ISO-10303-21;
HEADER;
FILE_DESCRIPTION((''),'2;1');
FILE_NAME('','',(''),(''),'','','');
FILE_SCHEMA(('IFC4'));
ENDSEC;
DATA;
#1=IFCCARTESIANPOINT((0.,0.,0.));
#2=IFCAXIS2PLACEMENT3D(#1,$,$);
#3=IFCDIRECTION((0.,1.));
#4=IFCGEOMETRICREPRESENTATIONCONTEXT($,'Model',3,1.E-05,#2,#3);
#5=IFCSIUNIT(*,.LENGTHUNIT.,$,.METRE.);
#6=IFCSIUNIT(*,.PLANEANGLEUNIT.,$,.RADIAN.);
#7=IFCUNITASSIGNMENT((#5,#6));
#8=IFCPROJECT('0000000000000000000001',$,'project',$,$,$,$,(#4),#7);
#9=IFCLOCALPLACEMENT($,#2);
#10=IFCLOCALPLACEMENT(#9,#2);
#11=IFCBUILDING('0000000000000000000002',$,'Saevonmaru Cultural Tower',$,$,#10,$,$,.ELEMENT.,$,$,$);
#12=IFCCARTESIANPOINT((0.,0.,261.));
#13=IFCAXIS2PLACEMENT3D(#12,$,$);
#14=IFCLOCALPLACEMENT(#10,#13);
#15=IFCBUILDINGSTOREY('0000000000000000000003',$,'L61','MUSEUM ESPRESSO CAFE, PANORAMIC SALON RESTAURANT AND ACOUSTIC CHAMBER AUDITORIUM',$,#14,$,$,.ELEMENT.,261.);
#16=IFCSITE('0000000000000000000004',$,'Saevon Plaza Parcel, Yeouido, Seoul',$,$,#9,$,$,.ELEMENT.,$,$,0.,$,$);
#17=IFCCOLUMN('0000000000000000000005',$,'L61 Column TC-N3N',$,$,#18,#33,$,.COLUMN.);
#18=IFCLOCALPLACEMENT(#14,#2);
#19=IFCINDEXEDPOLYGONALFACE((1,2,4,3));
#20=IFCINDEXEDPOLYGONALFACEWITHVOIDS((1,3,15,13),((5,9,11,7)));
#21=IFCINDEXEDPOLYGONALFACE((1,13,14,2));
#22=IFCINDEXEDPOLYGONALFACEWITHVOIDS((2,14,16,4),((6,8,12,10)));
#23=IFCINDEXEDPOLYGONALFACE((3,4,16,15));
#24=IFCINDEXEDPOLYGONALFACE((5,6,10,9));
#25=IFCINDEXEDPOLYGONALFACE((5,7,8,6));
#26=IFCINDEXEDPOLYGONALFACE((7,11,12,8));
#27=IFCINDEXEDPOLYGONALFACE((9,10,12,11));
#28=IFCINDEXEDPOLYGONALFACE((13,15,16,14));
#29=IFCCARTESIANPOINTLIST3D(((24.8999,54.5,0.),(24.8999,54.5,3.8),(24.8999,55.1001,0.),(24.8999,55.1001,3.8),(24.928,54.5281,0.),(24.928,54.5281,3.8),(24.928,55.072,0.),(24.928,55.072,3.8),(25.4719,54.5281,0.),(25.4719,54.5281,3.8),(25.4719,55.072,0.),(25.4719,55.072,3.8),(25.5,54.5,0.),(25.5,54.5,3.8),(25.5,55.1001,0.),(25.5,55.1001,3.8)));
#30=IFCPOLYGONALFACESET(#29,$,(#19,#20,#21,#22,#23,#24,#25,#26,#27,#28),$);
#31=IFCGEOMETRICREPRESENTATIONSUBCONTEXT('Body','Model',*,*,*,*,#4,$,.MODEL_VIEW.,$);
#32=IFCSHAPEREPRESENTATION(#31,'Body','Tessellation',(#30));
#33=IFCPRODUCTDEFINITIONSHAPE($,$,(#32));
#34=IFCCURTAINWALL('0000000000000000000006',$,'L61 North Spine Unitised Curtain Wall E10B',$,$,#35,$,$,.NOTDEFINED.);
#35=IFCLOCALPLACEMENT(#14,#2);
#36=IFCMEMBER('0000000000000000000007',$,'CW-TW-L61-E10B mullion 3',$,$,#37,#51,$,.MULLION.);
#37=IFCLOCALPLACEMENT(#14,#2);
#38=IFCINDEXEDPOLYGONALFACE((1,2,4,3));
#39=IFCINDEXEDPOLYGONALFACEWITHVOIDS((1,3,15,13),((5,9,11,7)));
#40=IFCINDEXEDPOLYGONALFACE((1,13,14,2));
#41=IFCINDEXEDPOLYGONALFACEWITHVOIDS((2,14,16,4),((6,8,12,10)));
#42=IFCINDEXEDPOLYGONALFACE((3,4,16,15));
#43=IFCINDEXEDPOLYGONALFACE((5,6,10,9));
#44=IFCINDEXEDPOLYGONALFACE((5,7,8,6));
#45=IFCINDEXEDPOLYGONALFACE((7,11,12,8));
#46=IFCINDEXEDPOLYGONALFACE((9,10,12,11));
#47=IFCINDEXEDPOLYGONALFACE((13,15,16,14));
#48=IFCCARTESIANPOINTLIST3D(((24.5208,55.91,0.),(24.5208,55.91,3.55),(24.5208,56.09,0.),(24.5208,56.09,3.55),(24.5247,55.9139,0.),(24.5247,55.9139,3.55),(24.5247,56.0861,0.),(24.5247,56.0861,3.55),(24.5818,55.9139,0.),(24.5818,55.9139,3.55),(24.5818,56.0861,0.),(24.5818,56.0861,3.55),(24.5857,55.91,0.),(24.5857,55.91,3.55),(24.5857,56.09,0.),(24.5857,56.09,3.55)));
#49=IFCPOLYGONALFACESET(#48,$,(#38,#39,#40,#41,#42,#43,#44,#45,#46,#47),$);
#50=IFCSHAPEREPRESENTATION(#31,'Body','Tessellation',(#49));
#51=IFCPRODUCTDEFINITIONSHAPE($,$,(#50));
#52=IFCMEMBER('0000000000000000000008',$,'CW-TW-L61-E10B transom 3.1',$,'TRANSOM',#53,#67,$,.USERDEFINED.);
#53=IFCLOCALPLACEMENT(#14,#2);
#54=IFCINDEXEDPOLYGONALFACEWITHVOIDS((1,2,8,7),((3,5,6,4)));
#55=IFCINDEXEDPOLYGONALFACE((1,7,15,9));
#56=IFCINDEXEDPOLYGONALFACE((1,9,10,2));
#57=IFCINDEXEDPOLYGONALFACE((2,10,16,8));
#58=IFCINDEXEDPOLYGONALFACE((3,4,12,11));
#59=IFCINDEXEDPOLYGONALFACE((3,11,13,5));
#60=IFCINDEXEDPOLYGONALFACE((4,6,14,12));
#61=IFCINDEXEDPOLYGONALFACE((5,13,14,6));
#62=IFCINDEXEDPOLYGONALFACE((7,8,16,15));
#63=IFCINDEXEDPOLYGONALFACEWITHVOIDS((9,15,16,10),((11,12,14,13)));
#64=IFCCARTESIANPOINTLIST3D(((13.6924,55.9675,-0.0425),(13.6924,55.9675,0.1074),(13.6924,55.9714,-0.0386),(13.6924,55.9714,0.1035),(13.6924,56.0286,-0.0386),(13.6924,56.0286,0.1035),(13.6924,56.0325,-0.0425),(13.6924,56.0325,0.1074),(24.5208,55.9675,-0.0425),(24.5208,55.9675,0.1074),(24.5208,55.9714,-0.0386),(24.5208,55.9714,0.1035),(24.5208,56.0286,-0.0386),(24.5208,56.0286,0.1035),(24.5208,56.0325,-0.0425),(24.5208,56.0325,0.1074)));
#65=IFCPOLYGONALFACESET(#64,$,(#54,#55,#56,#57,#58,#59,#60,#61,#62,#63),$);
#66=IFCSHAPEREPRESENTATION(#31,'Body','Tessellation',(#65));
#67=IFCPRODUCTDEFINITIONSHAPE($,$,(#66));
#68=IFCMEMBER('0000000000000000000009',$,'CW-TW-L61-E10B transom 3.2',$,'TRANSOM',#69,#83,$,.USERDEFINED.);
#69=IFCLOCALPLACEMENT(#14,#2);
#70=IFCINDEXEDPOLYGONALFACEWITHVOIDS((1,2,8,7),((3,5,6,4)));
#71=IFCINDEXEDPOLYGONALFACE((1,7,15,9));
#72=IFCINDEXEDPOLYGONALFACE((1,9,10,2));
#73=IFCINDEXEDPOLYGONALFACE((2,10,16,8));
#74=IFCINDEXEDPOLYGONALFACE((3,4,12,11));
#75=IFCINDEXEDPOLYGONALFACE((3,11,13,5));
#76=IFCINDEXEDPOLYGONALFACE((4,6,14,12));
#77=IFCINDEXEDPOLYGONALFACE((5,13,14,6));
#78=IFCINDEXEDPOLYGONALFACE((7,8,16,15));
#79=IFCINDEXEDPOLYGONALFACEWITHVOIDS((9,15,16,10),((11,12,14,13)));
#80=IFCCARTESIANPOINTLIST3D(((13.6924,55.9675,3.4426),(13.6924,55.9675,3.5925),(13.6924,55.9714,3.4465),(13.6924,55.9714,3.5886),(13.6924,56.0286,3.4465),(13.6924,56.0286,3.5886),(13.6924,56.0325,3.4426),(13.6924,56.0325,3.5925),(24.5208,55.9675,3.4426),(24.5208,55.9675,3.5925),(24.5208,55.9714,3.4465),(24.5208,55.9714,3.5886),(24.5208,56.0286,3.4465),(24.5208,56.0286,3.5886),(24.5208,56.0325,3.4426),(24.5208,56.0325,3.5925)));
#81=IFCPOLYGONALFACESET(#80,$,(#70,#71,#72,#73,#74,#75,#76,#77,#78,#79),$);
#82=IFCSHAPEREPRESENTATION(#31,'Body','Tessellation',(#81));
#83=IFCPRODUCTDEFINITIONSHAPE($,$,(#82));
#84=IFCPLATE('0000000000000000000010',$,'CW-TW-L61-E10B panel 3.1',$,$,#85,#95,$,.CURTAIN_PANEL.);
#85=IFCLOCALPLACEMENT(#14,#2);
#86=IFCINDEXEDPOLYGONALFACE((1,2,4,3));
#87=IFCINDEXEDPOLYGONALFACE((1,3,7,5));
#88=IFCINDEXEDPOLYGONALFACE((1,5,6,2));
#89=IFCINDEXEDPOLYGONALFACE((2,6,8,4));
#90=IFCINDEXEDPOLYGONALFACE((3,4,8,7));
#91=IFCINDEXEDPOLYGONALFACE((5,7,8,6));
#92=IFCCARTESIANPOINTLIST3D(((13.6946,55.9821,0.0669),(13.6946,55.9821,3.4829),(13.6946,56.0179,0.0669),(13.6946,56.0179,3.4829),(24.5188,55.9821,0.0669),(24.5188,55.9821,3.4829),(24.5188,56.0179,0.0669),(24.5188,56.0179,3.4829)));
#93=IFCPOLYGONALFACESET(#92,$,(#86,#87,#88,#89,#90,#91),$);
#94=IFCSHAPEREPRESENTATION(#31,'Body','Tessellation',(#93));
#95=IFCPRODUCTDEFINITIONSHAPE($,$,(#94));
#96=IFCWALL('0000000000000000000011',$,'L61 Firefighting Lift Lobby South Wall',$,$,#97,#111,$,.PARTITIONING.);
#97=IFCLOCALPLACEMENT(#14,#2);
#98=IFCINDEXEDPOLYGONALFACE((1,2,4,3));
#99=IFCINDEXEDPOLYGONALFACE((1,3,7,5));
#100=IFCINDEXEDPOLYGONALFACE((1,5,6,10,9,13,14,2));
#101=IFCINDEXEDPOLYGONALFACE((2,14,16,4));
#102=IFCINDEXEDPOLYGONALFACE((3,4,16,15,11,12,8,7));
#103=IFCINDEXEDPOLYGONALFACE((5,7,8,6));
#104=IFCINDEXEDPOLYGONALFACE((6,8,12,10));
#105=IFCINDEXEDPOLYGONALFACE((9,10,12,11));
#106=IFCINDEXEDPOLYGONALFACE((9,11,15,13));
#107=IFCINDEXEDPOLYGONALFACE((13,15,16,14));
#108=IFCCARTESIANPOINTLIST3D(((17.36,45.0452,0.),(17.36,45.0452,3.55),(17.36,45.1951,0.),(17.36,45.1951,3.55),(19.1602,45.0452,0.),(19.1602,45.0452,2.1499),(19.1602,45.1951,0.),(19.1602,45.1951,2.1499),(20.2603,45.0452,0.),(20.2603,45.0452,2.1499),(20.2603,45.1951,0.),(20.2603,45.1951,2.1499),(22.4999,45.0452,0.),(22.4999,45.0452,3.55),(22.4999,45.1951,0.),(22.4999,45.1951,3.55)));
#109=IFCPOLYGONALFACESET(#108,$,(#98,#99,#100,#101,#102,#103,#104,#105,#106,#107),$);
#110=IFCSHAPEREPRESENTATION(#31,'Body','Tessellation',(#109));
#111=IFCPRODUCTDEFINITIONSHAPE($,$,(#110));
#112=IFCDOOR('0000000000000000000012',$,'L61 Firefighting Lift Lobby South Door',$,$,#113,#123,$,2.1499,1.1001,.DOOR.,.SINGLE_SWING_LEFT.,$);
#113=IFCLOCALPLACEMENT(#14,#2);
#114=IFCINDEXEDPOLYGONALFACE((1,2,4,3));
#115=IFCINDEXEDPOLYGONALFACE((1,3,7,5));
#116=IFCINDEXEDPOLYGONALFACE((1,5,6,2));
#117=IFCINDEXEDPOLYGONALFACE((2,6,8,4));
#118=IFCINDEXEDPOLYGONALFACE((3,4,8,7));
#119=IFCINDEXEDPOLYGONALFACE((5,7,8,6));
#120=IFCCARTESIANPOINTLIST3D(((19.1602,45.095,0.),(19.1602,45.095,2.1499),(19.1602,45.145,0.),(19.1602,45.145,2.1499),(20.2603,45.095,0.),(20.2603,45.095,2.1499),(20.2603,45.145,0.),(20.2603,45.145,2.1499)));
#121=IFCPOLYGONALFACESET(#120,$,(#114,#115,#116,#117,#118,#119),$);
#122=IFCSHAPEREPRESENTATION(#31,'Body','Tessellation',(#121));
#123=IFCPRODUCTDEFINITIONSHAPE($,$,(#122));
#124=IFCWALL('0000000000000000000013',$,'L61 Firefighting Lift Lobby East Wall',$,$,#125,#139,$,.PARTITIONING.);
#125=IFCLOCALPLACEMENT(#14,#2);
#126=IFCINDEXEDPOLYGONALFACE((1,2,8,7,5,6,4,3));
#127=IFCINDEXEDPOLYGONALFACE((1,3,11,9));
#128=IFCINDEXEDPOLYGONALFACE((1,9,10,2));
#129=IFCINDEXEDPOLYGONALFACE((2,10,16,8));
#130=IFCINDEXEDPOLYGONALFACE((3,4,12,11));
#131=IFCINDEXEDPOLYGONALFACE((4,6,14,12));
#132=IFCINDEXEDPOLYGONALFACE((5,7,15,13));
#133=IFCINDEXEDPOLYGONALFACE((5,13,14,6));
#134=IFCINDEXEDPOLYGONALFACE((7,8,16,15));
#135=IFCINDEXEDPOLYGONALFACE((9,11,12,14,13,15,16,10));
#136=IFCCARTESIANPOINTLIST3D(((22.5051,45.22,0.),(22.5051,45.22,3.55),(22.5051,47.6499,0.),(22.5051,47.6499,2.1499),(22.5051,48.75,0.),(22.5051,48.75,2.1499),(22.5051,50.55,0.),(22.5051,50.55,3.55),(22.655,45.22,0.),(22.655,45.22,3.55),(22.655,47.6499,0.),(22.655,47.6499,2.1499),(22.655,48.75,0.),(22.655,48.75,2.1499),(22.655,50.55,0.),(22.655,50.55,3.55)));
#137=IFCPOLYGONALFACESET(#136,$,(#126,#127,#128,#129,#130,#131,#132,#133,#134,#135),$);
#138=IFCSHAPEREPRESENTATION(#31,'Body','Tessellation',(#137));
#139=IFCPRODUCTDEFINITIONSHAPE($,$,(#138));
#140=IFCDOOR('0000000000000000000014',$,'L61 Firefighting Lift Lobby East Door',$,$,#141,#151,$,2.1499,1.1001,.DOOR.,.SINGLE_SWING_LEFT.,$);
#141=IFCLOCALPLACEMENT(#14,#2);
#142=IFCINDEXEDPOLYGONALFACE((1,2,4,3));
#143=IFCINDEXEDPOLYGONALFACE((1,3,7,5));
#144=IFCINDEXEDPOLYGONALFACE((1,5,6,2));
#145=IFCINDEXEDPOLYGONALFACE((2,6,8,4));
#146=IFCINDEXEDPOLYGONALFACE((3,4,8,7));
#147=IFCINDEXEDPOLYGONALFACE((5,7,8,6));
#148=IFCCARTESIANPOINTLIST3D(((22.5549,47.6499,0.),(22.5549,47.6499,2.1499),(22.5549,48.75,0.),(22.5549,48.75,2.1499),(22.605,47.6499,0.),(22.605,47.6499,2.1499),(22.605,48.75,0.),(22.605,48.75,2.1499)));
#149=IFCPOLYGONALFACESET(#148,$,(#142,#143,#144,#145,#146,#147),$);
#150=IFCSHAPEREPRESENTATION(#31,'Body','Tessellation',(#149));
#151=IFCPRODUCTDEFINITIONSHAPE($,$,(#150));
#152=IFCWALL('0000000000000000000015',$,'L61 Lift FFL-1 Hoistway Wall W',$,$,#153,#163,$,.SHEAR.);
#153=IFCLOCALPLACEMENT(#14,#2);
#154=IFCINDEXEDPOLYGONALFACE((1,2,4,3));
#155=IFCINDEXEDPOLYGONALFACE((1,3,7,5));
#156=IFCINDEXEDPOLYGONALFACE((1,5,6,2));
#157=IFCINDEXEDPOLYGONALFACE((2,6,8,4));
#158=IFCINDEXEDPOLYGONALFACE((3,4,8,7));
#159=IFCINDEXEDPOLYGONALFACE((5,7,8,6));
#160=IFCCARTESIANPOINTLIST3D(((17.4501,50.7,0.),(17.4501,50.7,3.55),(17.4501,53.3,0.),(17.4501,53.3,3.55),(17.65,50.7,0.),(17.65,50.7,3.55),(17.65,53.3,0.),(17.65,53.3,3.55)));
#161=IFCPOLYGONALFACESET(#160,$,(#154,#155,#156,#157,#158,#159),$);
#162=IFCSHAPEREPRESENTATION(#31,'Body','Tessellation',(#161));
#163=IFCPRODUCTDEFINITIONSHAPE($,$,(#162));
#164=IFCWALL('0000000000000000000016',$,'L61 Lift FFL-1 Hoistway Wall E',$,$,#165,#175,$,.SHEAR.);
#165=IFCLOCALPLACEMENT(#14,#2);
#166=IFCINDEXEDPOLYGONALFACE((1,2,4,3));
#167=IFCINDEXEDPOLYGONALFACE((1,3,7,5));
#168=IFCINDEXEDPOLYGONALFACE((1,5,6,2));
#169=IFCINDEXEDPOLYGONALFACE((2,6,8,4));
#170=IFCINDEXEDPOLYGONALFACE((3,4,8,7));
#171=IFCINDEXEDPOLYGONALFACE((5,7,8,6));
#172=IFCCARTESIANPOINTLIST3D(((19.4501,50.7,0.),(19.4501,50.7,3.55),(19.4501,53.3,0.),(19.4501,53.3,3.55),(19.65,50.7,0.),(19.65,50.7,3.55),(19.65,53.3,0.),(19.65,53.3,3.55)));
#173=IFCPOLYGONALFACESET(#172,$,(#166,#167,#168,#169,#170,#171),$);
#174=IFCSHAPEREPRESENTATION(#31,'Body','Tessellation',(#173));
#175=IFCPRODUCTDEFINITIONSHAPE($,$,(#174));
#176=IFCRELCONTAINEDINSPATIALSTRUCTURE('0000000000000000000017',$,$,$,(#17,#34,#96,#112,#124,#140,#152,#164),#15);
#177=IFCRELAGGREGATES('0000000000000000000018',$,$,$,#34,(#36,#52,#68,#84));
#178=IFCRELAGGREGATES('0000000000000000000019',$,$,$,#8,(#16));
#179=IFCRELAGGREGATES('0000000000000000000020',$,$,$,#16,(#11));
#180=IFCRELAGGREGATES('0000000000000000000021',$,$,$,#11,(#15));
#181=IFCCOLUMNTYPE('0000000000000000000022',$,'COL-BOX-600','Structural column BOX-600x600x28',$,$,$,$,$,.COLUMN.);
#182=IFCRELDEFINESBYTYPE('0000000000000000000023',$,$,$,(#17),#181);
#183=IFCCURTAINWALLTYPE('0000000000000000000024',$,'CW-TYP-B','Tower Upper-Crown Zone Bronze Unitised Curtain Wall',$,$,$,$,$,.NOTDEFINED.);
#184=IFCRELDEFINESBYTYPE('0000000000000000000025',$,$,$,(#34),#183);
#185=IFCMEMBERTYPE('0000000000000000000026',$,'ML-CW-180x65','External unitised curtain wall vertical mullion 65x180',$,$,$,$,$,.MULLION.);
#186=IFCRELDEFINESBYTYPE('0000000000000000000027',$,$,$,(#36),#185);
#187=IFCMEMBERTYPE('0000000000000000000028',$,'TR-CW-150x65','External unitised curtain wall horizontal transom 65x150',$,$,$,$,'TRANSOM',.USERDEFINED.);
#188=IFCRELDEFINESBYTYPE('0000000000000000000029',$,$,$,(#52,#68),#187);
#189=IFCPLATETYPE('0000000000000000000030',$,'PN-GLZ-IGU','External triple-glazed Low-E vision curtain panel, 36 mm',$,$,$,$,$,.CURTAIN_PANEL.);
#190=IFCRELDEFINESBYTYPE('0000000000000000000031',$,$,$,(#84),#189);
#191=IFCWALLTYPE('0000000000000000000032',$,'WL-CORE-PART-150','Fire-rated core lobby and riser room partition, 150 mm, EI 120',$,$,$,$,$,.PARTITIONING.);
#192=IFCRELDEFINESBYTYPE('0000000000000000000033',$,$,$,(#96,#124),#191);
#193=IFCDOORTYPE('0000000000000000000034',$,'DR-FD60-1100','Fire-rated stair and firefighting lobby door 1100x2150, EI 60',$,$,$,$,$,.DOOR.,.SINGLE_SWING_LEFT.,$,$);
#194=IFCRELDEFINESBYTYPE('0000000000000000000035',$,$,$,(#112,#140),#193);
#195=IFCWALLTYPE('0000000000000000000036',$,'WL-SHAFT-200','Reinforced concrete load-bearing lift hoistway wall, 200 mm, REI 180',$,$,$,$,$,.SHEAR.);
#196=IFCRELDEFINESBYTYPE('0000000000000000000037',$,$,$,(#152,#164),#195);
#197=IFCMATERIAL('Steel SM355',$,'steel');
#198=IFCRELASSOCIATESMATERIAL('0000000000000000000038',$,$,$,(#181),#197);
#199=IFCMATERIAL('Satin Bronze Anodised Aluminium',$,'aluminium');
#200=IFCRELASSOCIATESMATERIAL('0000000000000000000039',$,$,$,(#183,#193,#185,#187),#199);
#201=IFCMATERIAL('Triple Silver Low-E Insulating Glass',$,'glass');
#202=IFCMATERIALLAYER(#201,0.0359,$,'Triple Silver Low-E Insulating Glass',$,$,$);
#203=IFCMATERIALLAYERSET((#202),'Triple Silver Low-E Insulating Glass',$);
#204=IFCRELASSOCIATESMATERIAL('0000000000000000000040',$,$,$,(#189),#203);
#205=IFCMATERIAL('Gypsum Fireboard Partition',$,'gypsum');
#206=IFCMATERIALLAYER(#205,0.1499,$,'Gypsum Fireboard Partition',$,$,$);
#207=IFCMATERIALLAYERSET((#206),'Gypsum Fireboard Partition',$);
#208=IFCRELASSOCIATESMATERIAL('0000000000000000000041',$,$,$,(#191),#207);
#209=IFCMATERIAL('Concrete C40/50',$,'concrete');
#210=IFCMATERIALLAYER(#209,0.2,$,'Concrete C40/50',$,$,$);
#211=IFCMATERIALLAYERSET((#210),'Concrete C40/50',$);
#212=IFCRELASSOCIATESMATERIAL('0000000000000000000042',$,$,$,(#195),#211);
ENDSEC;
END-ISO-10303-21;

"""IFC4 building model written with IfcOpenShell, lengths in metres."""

from ifc_helpers import new_model, si_unit, direction, frame, frame_2d, origin, origin_2d, place, context, subcontext, project, spatial, rectangle, hollow_rectangle, extrude, material, layer, layer_set, material_profile, profile_set, type_object, element, fill, aggregate, save


model = new_model("IFC4")

# Units and contexts
model_context = context("Model", 3, precision=1e-05, world=origin(), true_north=direction((0.0, 1.0)))
body_context = subcontext(model_context, "Body", "Model", "MODEL_VIEW")
ifc_project = project(units=[si_unit("LENGTHUNIT", "METRE"), si_unit("PLANEANGLEUNIT", "RADIAN")], contexts=[model_context])

# Site, building, storey
site_placement = place(None, origin())
site = spatial("IfcSite", under=ifc_project, at=site_placement, Name="Saevon Plaza Parcel, Yeouido, Seoul", CompositionType="ELEMENT", RefElevation=0.0)
building_placement = place(site_placement, origin())
building = spatial("IfcBuilding", under=site, at=building_placement, Name="Saevonmaru Cultural Tower", CompositionType="ELEMENT")
storey_placement = place(building_placement, frame((0.0, 0.0, 261.0)))
storey = spatial("IfcBuildingStorey", under=building, at=storey_placement, Name="L61", Description="MUSEUM ESPRESSO CAFE, PANORAMIC SALON RESTAURANT AND ACOUSTIC CHAMBER AUDITORIUM", CompositionType="ELEMENT", Elevation=261.0)

# Column
ifc_material_1 = material(Name="Steel SM355", Category="steel")
ifc_material_profile_1 = material_profile(ifc_material_1, hollow_rectangle(XDim=0.6001, YDim=0.6001, WallThickness=0.0281, at=origin_2d()), Name="BOX-600x600x28")
ifc_profile_set_1 = profile_set([ifc_material_profile_1], Name="Steel SM355")
column_type = type_object("IfcColumnType", Name="COL-BOX-600", Description="Structural column BOX-600x600x28", PredefinedType="COLUMN", material=ifc_profile_set_1)
column_placement = place(storey_placement, frame((25.2, 54.8, 0.0), z_axis=(0.0, 0.0, 1.0), x_axis=(1.0, 0.0, 0.0)))
element("IfcColumn", 1, at=column_placement, inside=storey, type_object=column_type, Name="L61 Column TC-N3N", PredefinedType="COLUMN", context=body_context, shape_type="SweptSolid", body=[
    extrude(hollow_rectangle(XDim=0.6001, YDim=0.6001, WallThickness=0.0281, at=origin_2d()), origin(), (0.0, 0.0, 1.0), 3.8),
])

# Curtain wall, members, plate
ifc_material_2 = material(Name="Satin Bronze Anodised Aluminium", Category="aluminium")
curtain_wall_type = type_object("IfcCurtainWallType", Name="CW-TYP-B", Description="Tower Upper-Crown Zone Bronze Unitised Curtain Wall", PredefinedType="NOTDEFINED", material=ifc_material_2)
curtain_wall_placement = place(storey_placement, origin())
curtain_wall = element("IfcCurtainWall", 2, at=curtain_wall_placement, inside=storey, type_object=curtain_wall_type, Name="L61 North Spine Unitised Curtain Wall E10B", PredefinedType="NOTDEFINED")
ifc_material_profile_2 = material_profile(ifc_material_2, hollow_rectangle(XDim=0.0649, YDim=0.1799, WallThickness=0.0039, at=origin_2d()), Name="ALU-MULL-180x65x4")
ifc_profile_set_2 = profile_set([ifc_material_profile_2], Name="Satin Bronze Anodised Aluminium")
member_type_1 = type_object("IfcMemberType", Name="ML-CW-180x65", Description="External unitised curtain wall vertical mullion 65x180", PredefinedType="MULLION", material=ifc_profile_set_2)
member_1_placement = place(storey_placement, frame((24.5532, 56.0, 0.0), z_axis=(0.0, 0.0, 1.0), x_axis=(-1.0, 0.0, 0.0)))
member_1 = element("IfcMember", 3, at=member_1_placement, type_object=member_type_1, Name="CW-TW-L61-E10B mullion 3", PredefinedType="MULLION", context=body_context, shape_type="SweptSolid", body=[
    extrude(hollow_rectangle(XDim=0.0649, YDim=0.1799, WallThickness=0.0039, at=origin_2d()), origin(), (0.0, 0.0, 1.0), 3.55),
])
ifc_material_profile_3 = material_profile(ifc_material_2, hollow_rectangle(XDim=0.0649, YDim=0.1499, WallThickness=0.0039, at=origin_2d()), Name="ALU-TRAN-150x65x4")
ifc_profile_set_3 = profile_set([ifc_material_profile_3], Name="Satin Bronze Anodised Aluminium")
member_type_2 = type_object("IfcMemberType", Name="TR-CW-150x65", Description="External unitised curtain wall horizontal transom 65x150", ElementType="TRANSOM", PredefinedType="USERDEFINED", material=ifc_profile_set_3)
member_2_placement = place(storey_placement, frame((24.5208, 56.0, 0.0325), z_axis=(-1.0, 0.0, 0.0), x_axis=(0.0, -1.0, 0.0)))
member_2 = element("IfcMember", 4, at=member_2_placement, type_object=member_type_2, Name="CW-TW-L61-E10B transom 3.1", ObjectType="TRANSOM", PredefinedType="USERDEFINED", context=body_context, shape_type="SweptSolid", body=[
    extrude(hollow_rectangle(XDim=0.0649, YDim=0.1499, WallThickness=0.0039, at=origin_2d()), origin(), (0.0, 0.0, 1.0), 10.8284),
])
member_3_placement = place(storey_placement, frame((24.5208, 56.0, 3.5176), z_axis=(-1.0, 0.0, 0.0), x_axis=(0.0, -1.0, 0.0)))
member_3 = element("IfcMember", 5, at=member_3_placement, type_object=member_type_2, Name="CW-TW-L61-E10B transom 3.2", ObjectType="TRANSOM", PredefinedType="USERDEFINED", context=body_context, shape_type="SweptSolid", body=[
    extrude(hollow_rectangle(XDim=0.0649, YDim=0.1499, WallThickness=0.0039, at=origin_2d()), origin(), (0.0, 0.0, 1.0), 10.8284),
])
ifc_material_3 = material(Name="Triple Silver Low-E Insulating Glass", Category="glass")
ifc_layer_1 = layer(ifc_material_3, 0.0359, Name="Triple Silver Low-E Insulating Glass")
ifc_layer_set_1 = layer_set([ifc_layer_1], Name="Triple Silver Low-E Insulating Glass")
plate_type = type_object("IfcPlateType", Name="PN-GLZ-IGU", Description="External triple-glazed Low-E vision curtain panel, 36 mm", PredefinedType="CURTAIN_PANEL", material=ifc_layer_set_1)
plate_placement = place(storey_placement, frame((19.1067, 56.0, 0.0669), z_axis=(0.0, 0.0, 1.0), x_axis=(-1.0, 0.0, 0.0)))
plate = element("IfcPlate", 6, at=plate_placement, type_object=plate_type, Name="CW-TW-L61-E10B panel 3.1", PredefinedType="CURTAIN_PANEL", context=body_context, shape_type="SweptSolid", body=[
    extrude(rectangle(XDim=10.8242, YDim=0.0359, at=origin_2d()), origin(), (0.0, 0.0, 1.0), 3.416),
])
aggregate(curtain_wall, [member_1, member_2, member_3, plate])

# Walls, openings, doors
ifc_material_4 = material(Name="Gypsum Fireboard Partition", Category="gypsum")
ifc_layer_2 = layer(ifc_material_4, 0.1499, Name="Gypsum Fireboard Partition")
ifc_layer_set_2 = layer_set([ifc_layer_2], Name="Gypsum Fireboard Partition")
wall_type_1 = type_object("IfcWallType", Name="WL-CORE-PART-150", Description="Fire-rated core lobby and riser room partition, 150 mm, EI 120", PredefinedType="PARTITIONING", material=ifc_layer_set_2)
wall_1_placement = place(storey_placement, frame((17.3601, 45.1201, 0.0), z_axis=(0.0, 0.0, 1.0), x_axis=(1.0, 0.0, 0.0)))
wall_1 = element("IfcWall", 7, at=wall_1_placement, inside=storey, type_object=wall_type_1, Name="L61 Firefighting Lift Lobby South Wall", PredefinedType="PARTITIONING", context=body_context, shape_type="SweptSolid", body=[
    extrude(rectangle(XDim=5.1399, YDim=0.1499, at=frame_2d((2.5698, 0.0))), origin(), (0.0, 0.0, 1.0), 3.55),
])
opening_1_placement = place(wall_1_placement, frame((1.8, 0.0, 0.0)))
opening_1 = element("IfcOpeningElement", 8, at=opening_1_placement, cuts=wall_1, PredefinedType="OPENING", context=body_context, shape_type="SweptSolid", body=[
    extrude(rectangle(XDim=1.1001, YDim=2.1499, at=frame_2d((0.55, 1.075))), frame((0.0, 0.085, 0.0), z_axis=(0.0, -1.0, 0.0), x_axis=(1.0, 0.0, 0.0)), (0.0, 0.0, 1.0), 0.1699),
])
door_type_1 = type_object("IfcDoorType", Name="DR-FD60-1100", Description="Fire-rated stair and firefighting lobby door 1100x2150, EI 60", OperationType="SINGLE_SWING_LEFT", PredefinedType="DOOR", material=ifc_material_2)
door_1_placement = place(opening_1_placement, origin())
door_1 = element("IfcDoor", 9, at=door_1_placement, inside=storey, type_object=door_type_1, Name="L61 Firefighting Lift Lobby South Door", OperationType="SINGLE_SWING_LEFT", OverallHeight=2.1499, OverallWidth=1.1001, PredefinedType="DOOR", context=body_context, shape_type="SweptSolid", body=[
    extrude(rectangle(XDim=1.1001, YDim=2.1499, at=frame_2d((0.55, 1.075))), frame((0.0, 0.0249, 0.0), z_axis=(0.0, -1.0, 0.0), x_axis=(1.0, 0.0, 0.0)), (0.0, 0.0, 1.0), 0.05),
])
fill(opening_1, door_1)
wall_2_placement = place(storey_placement, frame((22.5801, 50.55, 0.0), z_axis=(0.0, 0.0, 1.0), x_axis=(0.0, -1.0, 0.0)))
wall_2 = element("IfcWall", 10, at=wall_2_placement, inside=storey, type_object=wall_type_1, Name="L61 Firefighting Lift Lobby East Wall", PredefinedType="PARTITIONING", context=body_context, shape_type="SweptSolid", body=[
    extrude(rectangle(XDim=5.3301, YDim=0.1499, at=frame_2d((2.665, 0.0))), origin(), (0.0, 0.0, 1.0), 3.55),
])
opening_2_placement = place(wall_2_placement, frame((1.8, 0.0, 0.0)))
opening_2 = element("IfcOpeningElement", 11, at=opening_2_placement, cuts=wall_2, PredefinedType="OPENING", context=body_context, shape_type="SweptSolid", body=[
    extrude(rectangle(XDim=1.1001, YDim=2.1499, at=frame_2d((0.55, 1.075))), frame((0.0, 0.085, 0.0), z_axis=(0.0, -1.0, 0.0), x_axis=(1.0, 0.0, 0.0)), (0.0, 0.0, 1.0), 0.1699),
])
door_2_placement = place(opening_2_placement, origin())
door_2 = element("IfcDoor", 12, at=door_2_placement, inside=storey, type_object=door_type_1, Name="L61 Firefighting Lift Lobby East Door", OperationType="SINGLE_SWING_LEFT", OverallHeight=2.1499, OverallWidth=1.1001, PredefinedType="DOOR", context=body_context, shape_type="SweptSolid", body=[
    extrude(rectangle(XDim=1.1001, YDim=2.1499, at=frame_2d((0.55, 1.075))), frame((0.0, 0.0249, 0.0), z_axis=(0.0, -1.0, 0.0), x_axis=(1.0, 0.0, 0.0)), (0.0, 0.0, 1.0), 0.05),
])
fill(opening_2, door_2)

# Walls
ifc_material_5 = material(Name="Concrete C40/50", Category="concrete")
ifc_layer_3 = layer(ifc_material_5, 0.2, Name="Concrete C40/50")
ifc_layer_set_3 = layer_set([ifc_layer_3], Name="Concrete C40/50")
wall_type_2 = type_object("IfcWallType", Name="WL-SHAFT-200", Description="Reinforced concrete load-bearing lift hoistway wall, 200 mm, REI 180", PredefinedType="SHEAR", material=ifc_layer_set_3)
for number, where, z_axis, x_axis, name in (
    (13, (17.55, 50.7, 0.0), (0.0, 0.0, 1.0), (0.0, 1.0, 0.0), "L61 Lift FFL-1 Hoistway Wall W"),
    (14, (19.55, 50.7, 0.0), (0.0, 0.0, 1.0), (0.0, 1.0, 0.0), "L61 Lift FFL-1 Hoistway Wall E"),
):
    element("IfcWall", number, at=place(storey_placement, frame(where, z_axis=z_axis, x_axis=x_axis)), inside=storey, type_object=wall_type_2, Name=name, PredefinedType="SHEAR", context=body_context, shape_type="SweptSolid", body=[
        extrude(rectangle(XDim=2.6001, YDim=0.2, at=frame_2d((1.3, 0.0))), origin(), (0.0, 0.0, 1.0), 3.55),
    ])

save(model, "model.ifc")
